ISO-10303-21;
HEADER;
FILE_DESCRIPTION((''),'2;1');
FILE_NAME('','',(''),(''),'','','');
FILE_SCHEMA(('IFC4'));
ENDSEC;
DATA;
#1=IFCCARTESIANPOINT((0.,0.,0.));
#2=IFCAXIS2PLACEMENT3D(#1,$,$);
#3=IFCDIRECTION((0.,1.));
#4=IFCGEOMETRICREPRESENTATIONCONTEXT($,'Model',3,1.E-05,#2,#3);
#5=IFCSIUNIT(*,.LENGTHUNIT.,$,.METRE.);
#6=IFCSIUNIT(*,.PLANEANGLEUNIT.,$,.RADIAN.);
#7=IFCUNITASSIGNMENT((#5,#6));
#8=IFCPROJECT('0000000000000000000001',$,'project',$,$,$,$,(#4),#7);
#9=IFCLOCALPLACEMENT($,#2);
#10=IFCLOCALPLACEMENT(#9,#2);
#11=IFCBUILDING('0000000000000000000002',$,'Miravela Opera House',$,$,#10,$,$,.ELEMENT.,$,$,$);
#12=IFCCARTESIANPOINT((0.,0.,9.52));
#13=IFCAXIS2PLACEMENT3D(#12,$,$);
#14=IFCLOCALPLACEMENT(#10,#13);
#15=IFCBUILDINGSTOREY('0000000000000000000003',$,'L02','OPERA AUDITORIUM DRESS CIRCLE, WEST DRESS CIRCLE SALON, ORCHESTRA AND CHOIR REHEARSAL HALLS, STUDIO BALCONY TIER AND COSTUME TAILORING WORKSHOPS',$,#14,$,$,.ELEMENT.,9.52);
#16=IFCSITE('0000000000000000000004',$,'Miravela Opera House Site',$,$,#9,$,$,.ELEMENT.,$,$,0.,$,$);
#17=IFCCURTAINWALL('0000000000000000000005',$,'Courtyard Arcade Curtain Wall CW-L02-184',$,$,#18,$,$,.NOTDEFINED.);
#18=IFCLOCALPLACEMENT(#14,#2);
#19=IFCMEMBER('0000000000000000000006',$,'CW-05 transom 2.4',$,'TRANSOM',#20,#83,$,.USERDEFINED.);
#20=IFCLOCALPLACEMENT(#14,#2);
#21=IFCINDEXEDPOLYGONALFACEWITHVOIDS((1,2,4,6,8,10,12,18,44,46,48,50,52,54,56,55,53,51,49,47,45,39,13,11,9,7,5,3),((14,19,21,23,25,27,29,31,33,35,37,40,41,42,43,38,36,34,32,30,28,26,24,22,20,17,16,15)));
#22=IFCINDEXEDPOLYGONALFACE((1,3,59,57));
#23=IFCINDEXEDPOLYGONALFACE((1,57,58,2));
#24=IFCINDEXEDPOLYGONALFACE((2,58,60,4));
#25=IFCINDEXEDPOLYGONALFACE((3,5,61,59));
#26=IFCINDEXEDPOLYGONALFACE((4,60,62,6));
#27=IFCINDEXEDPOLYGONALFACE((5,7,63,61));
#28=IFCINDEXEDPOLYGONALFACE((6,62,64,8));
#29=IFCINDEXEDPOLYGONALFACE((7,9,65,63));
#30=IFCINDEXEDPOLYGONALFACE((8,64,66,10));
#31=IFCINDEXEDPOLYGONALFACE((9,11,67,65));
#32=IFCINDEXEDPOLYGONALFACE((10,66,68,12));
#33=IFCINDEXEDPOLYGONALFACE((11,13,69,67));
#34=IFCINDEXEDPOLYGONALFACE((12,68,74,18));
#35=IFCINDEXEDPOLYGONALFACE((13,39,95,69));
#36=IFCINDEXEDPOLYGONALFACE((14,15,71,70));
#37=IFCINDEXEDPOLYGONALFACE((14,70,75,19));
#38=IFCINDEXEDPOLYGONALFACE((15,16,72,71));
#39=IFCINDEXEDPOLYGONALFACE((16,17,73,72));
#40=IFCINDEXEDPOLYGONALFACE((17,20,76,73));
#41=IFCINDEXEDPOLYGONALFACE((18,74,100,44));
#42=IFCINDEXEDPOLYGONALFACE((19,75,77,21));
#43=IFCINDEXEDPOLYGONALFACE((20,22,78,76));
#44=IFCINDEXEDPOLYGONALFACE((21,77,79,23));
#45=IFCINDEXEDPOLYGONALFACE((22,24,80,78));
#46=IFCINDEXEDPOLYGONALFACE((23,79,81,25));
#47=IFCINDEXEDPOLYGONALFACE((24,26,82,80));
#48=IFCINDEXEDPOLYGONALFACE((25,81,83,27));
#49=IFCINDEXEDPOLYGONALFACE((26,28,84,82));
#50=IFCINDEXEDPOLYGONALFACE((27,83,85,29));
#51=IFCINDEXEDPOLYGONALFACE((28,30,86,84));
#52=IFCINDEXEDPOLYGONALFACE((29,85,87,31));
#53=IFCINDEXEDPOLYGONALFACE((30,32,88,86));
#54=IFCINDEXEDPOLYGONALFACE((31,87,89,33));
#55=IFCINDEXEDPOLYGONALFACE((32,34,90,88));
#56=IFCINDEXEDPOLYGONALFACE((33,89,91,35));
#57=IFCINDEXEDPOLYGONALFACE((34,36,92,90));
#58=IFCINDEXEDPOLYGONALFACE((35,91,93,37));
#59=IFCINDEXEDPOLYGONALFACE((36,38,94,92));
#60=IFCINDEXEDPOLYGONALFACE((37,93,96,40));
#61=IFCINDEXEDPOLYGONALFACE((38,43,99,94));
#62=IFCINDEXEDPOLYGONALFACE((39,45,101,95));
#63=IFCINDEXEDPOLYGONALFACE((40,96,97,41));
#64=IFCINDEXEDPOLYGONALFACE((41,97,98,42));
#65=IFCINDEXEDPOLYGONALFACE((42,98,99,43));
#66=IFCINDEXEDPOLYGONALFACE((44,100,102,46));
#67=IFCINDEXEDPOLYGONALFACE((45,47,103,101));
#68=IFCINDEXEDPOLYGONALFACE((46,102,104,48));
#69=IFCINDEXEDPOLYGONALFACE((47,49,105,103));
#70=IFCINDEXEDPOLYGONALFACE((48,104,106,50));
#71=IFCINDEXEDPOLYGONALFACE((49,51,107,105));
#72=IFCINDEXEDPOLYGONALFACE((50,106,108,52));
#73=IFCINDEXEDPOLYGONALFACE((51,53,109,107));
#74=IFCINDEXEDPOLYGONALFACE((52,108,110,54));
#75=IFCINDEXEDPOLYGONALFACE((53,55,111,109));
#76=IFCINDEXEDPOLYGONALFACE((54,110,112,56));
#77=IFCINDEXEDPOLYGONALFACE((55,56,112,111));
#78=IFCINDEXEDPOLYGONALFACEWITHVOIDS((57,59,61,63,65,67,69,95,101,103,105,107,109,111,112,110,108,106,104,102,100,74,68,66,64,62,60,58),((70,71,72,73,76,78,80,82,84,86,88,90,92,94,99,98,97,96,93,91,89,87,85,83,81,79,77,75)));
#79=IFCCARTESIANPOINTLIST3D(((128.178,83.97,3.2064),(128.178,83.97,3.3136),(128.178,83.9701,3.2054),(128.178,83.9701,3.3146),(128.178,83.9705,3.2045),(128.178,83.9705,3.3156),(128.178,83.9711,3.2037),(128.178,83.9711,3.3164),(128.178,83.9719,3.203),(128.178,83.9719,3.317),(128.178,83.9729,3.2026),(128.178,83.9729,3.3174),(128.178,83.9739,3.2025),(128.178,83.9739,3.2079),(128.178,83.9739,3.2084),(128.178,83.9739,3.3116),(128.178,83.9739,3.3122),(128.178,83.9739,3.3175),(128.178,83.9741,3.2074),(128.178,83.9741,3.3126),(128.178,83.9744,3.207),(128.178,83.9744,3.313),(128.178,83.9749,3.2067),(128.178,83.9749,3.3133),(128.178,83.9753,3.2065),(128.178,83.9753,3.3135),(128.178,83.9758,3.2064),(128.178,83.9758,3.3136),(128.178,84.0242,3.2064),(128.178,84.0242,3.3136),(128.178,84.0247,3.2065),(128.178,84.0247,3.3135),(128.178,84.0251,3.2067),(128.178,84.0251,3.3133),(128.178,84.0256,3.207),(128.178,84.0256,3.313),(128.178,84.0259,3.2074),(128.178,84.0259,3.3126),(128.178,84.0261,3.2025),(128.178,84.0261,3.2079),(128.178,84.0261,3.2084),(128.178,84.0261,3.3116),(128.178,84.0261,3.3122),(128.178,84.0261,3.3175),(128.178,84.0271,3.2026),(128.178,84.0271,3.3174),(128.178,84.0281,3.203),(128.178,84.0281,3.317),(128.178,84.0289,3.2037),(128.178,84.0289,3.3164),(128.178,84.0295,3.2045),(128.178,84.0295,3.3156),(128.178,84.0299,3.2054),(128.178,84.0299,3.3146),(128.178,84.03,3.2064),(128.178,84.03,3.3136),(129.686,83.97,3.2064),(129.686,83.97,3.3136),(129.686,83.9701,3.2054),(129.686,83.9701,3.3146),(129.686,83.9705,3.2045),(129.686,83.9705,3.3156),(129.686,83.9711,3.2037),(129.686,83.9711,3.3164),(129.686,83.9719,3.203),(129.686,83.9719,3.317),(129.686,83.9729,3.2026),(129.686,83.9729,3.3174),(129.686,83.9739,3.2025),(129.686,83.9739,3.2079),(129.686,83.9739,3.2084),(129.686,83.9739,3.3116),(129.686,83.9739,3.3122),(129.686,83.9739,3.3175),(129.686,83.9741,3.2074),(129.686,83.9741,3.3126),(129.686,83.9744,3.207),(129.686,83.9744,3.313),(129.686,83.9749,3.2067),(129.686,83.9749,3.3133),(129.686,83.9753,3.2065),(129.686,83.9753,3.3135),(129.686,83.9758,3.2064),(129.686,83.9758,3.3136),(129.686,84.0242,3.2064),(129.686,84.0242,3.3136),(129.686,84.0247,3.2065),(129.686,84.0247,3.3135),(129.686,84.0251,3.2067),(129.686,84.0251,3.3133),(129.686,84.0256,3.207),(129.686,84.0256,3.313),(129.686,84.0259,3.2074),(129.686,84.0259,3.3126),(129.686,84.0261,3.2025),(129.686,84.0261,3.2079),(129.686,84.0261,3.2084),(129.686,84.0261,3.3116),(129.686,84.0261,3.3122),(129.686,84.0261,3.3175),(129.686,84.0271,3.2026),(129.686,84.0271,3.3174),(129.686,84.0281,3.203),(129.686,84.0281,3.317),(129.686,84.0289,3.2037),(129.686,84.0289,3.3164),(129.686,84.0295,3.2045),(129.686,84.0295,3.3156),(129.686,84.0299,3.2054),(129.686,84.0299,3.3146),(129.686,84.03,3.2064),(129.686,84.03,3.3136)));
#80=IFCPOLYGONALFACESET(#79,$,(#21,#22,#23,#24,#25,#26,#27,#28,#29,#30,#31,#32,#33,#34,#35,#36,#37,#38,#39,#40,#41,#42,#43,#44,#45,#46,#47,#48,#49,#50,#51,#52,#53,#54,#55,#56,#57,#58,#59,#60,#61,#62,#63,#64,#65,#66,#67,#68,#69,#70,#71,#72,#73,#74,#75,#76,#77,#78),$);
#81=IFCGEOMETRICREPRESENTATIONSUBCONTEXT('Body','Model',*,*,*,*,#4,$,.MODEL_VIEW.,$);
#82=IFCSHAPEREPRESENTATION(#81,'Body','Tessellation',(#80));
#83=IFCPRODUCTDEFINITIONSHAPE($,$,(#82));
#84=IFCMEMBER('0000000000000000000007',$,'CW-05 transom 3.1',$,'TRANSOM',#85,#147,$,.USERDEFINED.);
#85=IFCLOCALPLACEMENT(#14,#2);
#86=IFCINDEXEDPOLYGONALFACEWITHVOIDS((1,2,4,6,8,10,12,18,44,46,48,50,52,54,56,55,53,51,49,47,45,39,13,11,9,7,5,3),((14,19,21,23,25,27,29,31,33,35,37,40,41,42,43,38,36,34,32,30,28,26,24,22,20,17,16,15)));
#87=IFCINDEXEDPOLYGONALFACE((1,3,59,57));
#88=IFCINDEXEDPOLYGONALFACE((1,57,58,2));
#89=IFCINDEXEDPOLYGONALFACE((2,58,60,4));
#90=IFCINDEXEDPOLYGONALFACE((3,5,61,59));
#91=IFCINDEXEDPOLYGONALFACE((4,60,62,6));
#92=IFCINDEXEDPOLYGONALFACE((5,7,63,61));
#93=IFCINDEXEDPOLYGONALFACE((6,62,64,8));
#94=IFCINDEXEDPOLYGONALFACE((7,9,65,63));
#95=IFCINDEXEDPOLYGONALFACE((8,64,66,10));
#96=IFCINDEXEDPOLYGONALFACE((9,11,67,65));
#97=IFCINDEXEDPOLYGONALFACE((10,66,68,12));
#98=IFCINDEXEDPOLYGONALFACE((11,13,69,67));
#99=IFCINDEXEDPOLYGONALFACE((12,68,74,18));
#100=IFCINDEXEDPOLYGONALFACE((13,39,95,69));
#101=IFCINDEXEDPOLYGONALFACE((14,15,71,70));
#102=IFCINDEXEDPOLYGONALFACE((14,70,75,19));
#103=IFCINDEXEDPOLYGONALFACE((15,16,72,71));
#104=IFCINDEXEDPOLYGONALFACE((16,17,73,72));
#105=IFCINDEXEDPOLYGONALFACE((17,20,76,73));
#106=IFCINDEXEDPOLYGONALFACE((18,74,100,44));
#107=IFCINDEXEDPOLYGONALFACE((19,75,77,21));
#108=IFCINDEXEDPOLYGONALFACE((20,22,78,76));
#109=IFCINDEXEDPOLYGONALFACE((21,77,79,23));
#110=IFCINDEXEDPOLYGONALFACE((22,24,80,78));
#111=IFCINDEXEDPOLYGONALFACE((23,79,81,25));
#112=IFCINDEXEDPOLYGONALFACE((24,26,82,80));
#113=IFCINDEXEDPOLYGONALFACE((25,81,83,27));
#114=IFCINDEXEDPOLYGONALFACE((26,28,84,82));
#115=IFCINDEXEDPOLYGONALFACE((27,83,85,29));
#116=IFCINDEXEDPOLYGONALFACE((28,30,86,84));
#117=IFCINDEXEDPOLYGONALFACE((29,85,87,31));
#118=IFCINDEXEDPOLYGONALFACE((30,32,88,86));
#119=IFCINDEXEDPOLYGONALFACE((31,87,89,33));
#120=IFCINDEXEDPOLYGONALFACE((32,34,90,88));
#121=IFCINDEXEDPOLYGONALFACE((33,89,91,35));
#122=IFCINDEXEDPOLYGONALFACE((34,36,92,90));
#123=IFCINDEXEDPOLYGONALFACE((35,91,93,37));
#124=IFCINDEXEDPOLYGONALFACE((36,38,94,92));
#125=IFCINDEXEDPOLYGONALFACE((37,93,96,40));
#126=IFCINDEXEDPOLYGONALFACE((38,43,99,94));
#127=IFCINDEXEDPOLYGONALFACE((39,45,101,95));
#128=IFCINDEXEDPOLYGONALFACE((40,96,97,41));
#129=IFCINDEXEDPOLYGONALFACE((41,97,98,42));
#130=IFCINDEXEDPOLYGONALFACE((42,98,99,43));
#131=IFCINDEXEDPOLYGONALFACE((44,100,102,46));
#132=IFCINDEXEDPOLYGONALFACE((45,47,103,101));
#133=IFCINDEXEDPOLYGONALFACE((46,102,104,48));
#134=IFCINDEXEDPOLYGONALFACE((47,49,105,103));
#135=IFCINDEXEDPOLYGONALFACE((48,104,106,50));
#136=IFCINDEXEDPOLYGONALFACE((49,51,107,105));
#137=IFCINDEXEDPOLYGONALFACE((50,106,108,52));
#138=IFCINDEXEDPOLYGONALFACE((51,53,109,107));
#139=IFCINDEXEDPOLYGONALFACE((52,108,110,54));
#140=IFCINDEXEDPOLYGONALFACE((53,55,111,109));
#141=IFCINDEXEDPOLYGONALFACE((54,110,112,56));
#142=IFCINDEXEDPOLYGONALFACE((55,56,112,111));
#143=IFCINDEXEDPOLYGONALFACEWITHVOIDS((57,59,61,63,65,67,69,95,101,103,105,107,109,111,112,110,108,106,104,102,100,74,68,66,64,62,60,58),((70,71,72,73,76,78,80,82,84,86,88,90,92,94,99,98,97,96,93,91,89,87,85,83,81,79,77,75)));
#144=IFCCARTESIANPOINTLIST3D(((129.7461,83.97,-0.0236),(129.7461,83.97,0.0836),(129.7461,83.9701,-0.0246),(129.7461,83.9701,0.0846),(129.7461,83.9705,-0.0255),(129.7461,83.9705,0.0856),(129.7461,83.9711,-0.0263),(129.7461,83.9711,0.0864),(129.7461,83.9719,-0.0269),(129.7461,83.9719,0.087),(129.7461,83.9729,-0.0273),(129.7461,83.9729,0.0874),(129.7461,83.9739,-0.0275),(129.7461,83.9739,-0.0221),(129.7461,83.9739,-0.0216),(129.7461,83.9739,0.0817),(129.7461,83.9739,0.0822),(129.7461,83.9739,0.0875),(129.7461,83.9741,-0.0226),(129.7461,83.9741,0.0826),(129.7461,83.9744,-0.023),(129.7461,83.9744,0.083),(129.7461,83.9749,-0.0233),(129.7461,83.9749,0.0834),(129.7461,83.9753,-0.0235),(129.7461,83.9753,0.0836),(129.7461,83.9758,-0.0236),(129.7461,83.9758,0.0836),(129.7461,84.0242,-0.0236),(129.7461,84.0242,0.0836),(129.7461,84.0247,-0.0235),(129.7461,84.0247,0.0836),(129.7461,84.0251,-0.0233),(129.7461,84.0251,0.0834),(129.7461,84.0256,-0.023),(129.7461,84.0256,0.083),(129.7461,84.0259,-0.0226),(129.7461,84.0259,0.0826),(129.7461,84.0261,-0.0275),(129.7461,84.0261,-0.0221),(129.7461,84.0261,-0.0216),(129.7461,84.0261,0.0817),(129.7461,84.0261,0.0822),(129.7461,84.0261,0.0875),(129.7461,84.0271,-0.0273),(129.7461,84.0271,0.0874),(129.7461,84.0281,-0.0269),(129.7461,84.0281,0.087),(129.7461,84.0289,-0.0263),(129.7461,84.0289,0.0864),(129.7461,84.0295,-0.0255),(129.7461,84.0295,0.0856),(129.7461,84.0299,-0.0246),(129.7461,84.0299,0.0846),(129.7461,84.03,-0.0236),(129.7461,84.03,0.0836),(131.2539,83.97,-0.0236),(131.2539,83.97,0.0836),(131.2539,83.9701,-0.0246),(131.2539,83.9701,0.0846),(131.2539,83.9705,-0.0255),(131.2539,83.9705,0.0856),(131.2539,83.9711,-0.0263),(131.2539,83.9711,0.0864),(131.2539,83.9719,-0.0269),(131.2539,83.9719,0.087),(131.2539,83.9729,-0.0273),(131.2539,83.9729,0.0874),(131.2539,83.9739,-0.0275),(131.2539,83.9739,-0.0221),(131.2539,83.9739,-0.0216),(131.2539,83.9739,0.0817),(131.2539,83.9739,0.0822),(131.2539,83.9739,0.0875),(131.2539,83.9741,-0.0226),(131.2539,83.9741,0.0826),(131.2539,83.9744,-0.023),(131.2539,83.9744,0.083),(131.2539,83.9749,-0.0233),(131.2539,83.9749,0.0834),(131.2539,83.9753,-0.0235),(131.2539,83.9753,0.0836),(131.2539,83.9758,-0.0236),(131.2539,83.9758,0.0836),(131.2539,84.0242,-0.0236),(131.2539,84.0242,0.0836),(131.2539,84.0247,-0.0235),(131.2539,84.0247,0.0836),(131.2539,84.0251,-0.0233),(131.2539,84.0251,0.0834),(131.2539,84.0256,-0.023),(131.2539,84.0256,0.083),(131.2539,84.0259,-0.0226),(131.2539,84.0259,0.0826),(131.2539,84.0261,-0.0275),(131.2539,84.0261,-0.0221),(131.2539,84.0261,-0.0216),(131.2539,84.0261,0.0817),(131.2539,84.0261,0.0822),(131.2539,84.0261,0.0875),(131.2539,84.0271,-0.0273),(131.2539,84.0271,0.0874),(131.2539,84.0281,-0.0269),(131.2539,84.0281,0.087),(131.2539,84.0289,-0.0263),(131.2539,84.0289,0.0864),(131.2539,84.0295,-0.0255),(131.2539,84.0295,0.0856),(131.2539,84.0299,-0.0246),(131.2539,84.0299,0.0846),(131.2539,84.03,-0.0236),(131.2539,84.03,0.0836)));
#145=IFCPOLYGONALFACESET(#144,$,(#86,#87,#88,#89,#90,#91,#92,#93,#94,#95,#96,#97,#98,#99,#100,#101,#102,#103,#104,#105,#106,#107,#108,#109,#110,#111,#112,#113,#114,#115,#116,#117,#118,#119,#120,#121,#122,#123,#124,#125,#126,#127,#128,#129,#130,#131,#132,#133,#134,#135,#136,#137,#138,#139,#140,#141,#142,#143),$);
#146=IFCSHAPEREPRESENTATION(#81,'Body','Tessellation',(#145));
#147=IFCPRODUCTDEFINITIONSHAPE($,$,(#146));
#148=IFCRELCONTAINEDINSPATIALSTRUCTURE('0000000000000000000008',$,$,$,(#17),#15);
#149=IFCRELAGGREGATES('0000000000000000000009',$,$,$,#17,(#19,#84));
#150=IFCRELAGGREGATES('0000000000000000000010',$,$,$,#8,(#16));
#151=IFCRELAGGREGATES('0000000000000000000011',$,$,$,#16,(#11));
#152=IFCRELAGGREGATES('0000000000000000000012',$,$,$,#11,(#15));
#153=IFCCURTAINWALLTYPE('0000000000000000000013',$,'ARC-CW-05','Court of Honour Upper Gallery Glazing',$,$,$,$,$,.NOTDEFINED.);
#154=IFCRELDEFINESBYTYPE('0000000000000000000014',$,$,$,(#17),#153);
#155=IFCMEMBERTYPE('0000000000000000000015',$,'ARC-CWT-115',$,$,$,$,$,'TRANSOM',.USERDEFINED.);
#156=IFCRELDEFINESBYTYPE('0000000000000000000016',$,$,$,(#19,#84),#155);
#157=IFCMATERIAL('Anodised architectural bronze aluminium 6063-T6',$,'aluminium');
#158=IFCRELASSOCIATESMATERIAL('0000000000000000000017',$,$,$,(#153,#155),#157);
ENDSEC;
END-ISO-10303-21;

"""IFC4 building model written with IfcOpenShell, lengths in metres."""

from ifc_helpers import new_model, si_unit, direction, frame, origin, origin_2d, place, context, subcontext, project, spatial, hollow_rectangle, extrude, material, material_profile, profile_set, type_object, element, aggregate, save


model = new_model("IFC4")

# Units and contexts
model_context = context("Model", 3, precision=1e-05, world=origin(), true_north=direction((0.0, 1.0)))
body_context = subcontext(model_context, "Body", "Model", "MODEL_VIEW")
ifc_project = project(units=[si_unit("LENGTHUNIT", "METRE"), si_unit("PLANEANGLEUNIT", "RADIAN")], contexts=[model_context])

# Site, building, storey
site_placement = place(None, origin())
site = spatial("IfcSite", under=ifc_project, at=site_placement, Name="Miravela Opera House Site", CompositionType="ELEMENT", RefElevation=0.0)
building_placement = place(site_placement, origin())
building = spatial("IfcBuilding", under=site, at=building_placement, Name="Miravela Opera House", CompositionType="ELEMENT")
storey_placement = place(building_placement, frame((0.0, 0.0, 9.52)))
storey = spatial("IfcBuildingStorey", under=building, at=storey_placement, Name="L02", Description="OPERA AUDITORIUM DRESS CIRCLE, WEST DRESS CIRCLE SALON, ORCHESTRA AND CHOIR REHEARSAL HALLS, STUDIO BALCONY TIER AND COSTUME TAILORING WORKSHOPS", CompositionType="ELEMENT", Elevation=9.52)

# Curtain wall, members
ifc_material_1 = material(Name="Anodised architectural bronze aluminium 6063-T6", Category="aluminium")
curtain_wall_type = type_object("IfcCurtainWallType", Name="ARC-CW-05", Description="Court of Honour Upper Gallery Glazing", PredefinedType="NOTDEFINED", material=ifc_material_1)
curtain_wall_placement = place(storey_placement, origin())
curtain_wall = element("IfcCurtainWall", 1, at=curtain_wall_placement, inside=storey, type_object=curtain_wall_type, Name="Courtyard Arcade Curtain Wall CW-L02-184", PredefinedType="NOTDEFINED")
ifc_material_profile_1 = material_profile(ifc_material_1, hollow_rectangle(XDim=0.0601, YDim=0.115, WallThickness=0.0039, InnerFilletRadius=0.002, OuterFilletRadius=0.0039, at=origin_2d()), Name="CWT-60X115")
ifc_profile_set_1 = profile_set([ifc_material_profile_1])
member_type_1 = type_object("IfcMemberType", Name="ARC-CWT-115", ElementType="TRANSOM", PredefinedType="USERDEFINED", material=ifc_profile_set_1)
member_1_placement = place(storey_placement, frame((128.178, 84.0, 3.26), z_axis=(1.0, 0.0, 0.0), x_axis=(0.0, 1.0, 0.0)))
member_1 = element("IfcMember", 2, at=member_1_placement, type_object=member_type_1, Name="CW-05 transom 2.4", ObjectType="TRANSOM", PredefinedType="USERDEFINED", context=body_context, shape_type="SweptSolid", body=[
    extrude(hollow_rectangle(XDim=0.0601, YDim=0.115, WallThickness=0.0039, InnerFilletRadius=0.002, OuterFilletRadius=0.0039, at=origin_2d()), origin(), (0.0, 0.0, 1.0), 1.5081),
])
member_2_placement = place(storey_placement, frame((129.7461, 84.0, 0.03), z_axis=(1.0, 0.0, 0.0), x_axis=(0.0, 1.0, 0.0)))
member_2 = element("IfcMember", 3, at=member_2_placement, type_object=member_type_1, Name="CW-05 transom 3.1", ObjectType="TRANSOM", PredefinedType="USERDEFINED", context=body_context, shape_type="SweptSolid", body=[
    extrude(hollow_rectangle(XDim=0.0601, YDim=0.115, WallThickness=0.0039, InnerFilletRadius=0.002, OuterFilletRadius=0.0039, at=origin_2d()), origin(), (0.0, 0.0, 1.0), 1.5078),
])
aggregate(curtain_wall, [member_1, member_2])

save(model, "model.ifc")
